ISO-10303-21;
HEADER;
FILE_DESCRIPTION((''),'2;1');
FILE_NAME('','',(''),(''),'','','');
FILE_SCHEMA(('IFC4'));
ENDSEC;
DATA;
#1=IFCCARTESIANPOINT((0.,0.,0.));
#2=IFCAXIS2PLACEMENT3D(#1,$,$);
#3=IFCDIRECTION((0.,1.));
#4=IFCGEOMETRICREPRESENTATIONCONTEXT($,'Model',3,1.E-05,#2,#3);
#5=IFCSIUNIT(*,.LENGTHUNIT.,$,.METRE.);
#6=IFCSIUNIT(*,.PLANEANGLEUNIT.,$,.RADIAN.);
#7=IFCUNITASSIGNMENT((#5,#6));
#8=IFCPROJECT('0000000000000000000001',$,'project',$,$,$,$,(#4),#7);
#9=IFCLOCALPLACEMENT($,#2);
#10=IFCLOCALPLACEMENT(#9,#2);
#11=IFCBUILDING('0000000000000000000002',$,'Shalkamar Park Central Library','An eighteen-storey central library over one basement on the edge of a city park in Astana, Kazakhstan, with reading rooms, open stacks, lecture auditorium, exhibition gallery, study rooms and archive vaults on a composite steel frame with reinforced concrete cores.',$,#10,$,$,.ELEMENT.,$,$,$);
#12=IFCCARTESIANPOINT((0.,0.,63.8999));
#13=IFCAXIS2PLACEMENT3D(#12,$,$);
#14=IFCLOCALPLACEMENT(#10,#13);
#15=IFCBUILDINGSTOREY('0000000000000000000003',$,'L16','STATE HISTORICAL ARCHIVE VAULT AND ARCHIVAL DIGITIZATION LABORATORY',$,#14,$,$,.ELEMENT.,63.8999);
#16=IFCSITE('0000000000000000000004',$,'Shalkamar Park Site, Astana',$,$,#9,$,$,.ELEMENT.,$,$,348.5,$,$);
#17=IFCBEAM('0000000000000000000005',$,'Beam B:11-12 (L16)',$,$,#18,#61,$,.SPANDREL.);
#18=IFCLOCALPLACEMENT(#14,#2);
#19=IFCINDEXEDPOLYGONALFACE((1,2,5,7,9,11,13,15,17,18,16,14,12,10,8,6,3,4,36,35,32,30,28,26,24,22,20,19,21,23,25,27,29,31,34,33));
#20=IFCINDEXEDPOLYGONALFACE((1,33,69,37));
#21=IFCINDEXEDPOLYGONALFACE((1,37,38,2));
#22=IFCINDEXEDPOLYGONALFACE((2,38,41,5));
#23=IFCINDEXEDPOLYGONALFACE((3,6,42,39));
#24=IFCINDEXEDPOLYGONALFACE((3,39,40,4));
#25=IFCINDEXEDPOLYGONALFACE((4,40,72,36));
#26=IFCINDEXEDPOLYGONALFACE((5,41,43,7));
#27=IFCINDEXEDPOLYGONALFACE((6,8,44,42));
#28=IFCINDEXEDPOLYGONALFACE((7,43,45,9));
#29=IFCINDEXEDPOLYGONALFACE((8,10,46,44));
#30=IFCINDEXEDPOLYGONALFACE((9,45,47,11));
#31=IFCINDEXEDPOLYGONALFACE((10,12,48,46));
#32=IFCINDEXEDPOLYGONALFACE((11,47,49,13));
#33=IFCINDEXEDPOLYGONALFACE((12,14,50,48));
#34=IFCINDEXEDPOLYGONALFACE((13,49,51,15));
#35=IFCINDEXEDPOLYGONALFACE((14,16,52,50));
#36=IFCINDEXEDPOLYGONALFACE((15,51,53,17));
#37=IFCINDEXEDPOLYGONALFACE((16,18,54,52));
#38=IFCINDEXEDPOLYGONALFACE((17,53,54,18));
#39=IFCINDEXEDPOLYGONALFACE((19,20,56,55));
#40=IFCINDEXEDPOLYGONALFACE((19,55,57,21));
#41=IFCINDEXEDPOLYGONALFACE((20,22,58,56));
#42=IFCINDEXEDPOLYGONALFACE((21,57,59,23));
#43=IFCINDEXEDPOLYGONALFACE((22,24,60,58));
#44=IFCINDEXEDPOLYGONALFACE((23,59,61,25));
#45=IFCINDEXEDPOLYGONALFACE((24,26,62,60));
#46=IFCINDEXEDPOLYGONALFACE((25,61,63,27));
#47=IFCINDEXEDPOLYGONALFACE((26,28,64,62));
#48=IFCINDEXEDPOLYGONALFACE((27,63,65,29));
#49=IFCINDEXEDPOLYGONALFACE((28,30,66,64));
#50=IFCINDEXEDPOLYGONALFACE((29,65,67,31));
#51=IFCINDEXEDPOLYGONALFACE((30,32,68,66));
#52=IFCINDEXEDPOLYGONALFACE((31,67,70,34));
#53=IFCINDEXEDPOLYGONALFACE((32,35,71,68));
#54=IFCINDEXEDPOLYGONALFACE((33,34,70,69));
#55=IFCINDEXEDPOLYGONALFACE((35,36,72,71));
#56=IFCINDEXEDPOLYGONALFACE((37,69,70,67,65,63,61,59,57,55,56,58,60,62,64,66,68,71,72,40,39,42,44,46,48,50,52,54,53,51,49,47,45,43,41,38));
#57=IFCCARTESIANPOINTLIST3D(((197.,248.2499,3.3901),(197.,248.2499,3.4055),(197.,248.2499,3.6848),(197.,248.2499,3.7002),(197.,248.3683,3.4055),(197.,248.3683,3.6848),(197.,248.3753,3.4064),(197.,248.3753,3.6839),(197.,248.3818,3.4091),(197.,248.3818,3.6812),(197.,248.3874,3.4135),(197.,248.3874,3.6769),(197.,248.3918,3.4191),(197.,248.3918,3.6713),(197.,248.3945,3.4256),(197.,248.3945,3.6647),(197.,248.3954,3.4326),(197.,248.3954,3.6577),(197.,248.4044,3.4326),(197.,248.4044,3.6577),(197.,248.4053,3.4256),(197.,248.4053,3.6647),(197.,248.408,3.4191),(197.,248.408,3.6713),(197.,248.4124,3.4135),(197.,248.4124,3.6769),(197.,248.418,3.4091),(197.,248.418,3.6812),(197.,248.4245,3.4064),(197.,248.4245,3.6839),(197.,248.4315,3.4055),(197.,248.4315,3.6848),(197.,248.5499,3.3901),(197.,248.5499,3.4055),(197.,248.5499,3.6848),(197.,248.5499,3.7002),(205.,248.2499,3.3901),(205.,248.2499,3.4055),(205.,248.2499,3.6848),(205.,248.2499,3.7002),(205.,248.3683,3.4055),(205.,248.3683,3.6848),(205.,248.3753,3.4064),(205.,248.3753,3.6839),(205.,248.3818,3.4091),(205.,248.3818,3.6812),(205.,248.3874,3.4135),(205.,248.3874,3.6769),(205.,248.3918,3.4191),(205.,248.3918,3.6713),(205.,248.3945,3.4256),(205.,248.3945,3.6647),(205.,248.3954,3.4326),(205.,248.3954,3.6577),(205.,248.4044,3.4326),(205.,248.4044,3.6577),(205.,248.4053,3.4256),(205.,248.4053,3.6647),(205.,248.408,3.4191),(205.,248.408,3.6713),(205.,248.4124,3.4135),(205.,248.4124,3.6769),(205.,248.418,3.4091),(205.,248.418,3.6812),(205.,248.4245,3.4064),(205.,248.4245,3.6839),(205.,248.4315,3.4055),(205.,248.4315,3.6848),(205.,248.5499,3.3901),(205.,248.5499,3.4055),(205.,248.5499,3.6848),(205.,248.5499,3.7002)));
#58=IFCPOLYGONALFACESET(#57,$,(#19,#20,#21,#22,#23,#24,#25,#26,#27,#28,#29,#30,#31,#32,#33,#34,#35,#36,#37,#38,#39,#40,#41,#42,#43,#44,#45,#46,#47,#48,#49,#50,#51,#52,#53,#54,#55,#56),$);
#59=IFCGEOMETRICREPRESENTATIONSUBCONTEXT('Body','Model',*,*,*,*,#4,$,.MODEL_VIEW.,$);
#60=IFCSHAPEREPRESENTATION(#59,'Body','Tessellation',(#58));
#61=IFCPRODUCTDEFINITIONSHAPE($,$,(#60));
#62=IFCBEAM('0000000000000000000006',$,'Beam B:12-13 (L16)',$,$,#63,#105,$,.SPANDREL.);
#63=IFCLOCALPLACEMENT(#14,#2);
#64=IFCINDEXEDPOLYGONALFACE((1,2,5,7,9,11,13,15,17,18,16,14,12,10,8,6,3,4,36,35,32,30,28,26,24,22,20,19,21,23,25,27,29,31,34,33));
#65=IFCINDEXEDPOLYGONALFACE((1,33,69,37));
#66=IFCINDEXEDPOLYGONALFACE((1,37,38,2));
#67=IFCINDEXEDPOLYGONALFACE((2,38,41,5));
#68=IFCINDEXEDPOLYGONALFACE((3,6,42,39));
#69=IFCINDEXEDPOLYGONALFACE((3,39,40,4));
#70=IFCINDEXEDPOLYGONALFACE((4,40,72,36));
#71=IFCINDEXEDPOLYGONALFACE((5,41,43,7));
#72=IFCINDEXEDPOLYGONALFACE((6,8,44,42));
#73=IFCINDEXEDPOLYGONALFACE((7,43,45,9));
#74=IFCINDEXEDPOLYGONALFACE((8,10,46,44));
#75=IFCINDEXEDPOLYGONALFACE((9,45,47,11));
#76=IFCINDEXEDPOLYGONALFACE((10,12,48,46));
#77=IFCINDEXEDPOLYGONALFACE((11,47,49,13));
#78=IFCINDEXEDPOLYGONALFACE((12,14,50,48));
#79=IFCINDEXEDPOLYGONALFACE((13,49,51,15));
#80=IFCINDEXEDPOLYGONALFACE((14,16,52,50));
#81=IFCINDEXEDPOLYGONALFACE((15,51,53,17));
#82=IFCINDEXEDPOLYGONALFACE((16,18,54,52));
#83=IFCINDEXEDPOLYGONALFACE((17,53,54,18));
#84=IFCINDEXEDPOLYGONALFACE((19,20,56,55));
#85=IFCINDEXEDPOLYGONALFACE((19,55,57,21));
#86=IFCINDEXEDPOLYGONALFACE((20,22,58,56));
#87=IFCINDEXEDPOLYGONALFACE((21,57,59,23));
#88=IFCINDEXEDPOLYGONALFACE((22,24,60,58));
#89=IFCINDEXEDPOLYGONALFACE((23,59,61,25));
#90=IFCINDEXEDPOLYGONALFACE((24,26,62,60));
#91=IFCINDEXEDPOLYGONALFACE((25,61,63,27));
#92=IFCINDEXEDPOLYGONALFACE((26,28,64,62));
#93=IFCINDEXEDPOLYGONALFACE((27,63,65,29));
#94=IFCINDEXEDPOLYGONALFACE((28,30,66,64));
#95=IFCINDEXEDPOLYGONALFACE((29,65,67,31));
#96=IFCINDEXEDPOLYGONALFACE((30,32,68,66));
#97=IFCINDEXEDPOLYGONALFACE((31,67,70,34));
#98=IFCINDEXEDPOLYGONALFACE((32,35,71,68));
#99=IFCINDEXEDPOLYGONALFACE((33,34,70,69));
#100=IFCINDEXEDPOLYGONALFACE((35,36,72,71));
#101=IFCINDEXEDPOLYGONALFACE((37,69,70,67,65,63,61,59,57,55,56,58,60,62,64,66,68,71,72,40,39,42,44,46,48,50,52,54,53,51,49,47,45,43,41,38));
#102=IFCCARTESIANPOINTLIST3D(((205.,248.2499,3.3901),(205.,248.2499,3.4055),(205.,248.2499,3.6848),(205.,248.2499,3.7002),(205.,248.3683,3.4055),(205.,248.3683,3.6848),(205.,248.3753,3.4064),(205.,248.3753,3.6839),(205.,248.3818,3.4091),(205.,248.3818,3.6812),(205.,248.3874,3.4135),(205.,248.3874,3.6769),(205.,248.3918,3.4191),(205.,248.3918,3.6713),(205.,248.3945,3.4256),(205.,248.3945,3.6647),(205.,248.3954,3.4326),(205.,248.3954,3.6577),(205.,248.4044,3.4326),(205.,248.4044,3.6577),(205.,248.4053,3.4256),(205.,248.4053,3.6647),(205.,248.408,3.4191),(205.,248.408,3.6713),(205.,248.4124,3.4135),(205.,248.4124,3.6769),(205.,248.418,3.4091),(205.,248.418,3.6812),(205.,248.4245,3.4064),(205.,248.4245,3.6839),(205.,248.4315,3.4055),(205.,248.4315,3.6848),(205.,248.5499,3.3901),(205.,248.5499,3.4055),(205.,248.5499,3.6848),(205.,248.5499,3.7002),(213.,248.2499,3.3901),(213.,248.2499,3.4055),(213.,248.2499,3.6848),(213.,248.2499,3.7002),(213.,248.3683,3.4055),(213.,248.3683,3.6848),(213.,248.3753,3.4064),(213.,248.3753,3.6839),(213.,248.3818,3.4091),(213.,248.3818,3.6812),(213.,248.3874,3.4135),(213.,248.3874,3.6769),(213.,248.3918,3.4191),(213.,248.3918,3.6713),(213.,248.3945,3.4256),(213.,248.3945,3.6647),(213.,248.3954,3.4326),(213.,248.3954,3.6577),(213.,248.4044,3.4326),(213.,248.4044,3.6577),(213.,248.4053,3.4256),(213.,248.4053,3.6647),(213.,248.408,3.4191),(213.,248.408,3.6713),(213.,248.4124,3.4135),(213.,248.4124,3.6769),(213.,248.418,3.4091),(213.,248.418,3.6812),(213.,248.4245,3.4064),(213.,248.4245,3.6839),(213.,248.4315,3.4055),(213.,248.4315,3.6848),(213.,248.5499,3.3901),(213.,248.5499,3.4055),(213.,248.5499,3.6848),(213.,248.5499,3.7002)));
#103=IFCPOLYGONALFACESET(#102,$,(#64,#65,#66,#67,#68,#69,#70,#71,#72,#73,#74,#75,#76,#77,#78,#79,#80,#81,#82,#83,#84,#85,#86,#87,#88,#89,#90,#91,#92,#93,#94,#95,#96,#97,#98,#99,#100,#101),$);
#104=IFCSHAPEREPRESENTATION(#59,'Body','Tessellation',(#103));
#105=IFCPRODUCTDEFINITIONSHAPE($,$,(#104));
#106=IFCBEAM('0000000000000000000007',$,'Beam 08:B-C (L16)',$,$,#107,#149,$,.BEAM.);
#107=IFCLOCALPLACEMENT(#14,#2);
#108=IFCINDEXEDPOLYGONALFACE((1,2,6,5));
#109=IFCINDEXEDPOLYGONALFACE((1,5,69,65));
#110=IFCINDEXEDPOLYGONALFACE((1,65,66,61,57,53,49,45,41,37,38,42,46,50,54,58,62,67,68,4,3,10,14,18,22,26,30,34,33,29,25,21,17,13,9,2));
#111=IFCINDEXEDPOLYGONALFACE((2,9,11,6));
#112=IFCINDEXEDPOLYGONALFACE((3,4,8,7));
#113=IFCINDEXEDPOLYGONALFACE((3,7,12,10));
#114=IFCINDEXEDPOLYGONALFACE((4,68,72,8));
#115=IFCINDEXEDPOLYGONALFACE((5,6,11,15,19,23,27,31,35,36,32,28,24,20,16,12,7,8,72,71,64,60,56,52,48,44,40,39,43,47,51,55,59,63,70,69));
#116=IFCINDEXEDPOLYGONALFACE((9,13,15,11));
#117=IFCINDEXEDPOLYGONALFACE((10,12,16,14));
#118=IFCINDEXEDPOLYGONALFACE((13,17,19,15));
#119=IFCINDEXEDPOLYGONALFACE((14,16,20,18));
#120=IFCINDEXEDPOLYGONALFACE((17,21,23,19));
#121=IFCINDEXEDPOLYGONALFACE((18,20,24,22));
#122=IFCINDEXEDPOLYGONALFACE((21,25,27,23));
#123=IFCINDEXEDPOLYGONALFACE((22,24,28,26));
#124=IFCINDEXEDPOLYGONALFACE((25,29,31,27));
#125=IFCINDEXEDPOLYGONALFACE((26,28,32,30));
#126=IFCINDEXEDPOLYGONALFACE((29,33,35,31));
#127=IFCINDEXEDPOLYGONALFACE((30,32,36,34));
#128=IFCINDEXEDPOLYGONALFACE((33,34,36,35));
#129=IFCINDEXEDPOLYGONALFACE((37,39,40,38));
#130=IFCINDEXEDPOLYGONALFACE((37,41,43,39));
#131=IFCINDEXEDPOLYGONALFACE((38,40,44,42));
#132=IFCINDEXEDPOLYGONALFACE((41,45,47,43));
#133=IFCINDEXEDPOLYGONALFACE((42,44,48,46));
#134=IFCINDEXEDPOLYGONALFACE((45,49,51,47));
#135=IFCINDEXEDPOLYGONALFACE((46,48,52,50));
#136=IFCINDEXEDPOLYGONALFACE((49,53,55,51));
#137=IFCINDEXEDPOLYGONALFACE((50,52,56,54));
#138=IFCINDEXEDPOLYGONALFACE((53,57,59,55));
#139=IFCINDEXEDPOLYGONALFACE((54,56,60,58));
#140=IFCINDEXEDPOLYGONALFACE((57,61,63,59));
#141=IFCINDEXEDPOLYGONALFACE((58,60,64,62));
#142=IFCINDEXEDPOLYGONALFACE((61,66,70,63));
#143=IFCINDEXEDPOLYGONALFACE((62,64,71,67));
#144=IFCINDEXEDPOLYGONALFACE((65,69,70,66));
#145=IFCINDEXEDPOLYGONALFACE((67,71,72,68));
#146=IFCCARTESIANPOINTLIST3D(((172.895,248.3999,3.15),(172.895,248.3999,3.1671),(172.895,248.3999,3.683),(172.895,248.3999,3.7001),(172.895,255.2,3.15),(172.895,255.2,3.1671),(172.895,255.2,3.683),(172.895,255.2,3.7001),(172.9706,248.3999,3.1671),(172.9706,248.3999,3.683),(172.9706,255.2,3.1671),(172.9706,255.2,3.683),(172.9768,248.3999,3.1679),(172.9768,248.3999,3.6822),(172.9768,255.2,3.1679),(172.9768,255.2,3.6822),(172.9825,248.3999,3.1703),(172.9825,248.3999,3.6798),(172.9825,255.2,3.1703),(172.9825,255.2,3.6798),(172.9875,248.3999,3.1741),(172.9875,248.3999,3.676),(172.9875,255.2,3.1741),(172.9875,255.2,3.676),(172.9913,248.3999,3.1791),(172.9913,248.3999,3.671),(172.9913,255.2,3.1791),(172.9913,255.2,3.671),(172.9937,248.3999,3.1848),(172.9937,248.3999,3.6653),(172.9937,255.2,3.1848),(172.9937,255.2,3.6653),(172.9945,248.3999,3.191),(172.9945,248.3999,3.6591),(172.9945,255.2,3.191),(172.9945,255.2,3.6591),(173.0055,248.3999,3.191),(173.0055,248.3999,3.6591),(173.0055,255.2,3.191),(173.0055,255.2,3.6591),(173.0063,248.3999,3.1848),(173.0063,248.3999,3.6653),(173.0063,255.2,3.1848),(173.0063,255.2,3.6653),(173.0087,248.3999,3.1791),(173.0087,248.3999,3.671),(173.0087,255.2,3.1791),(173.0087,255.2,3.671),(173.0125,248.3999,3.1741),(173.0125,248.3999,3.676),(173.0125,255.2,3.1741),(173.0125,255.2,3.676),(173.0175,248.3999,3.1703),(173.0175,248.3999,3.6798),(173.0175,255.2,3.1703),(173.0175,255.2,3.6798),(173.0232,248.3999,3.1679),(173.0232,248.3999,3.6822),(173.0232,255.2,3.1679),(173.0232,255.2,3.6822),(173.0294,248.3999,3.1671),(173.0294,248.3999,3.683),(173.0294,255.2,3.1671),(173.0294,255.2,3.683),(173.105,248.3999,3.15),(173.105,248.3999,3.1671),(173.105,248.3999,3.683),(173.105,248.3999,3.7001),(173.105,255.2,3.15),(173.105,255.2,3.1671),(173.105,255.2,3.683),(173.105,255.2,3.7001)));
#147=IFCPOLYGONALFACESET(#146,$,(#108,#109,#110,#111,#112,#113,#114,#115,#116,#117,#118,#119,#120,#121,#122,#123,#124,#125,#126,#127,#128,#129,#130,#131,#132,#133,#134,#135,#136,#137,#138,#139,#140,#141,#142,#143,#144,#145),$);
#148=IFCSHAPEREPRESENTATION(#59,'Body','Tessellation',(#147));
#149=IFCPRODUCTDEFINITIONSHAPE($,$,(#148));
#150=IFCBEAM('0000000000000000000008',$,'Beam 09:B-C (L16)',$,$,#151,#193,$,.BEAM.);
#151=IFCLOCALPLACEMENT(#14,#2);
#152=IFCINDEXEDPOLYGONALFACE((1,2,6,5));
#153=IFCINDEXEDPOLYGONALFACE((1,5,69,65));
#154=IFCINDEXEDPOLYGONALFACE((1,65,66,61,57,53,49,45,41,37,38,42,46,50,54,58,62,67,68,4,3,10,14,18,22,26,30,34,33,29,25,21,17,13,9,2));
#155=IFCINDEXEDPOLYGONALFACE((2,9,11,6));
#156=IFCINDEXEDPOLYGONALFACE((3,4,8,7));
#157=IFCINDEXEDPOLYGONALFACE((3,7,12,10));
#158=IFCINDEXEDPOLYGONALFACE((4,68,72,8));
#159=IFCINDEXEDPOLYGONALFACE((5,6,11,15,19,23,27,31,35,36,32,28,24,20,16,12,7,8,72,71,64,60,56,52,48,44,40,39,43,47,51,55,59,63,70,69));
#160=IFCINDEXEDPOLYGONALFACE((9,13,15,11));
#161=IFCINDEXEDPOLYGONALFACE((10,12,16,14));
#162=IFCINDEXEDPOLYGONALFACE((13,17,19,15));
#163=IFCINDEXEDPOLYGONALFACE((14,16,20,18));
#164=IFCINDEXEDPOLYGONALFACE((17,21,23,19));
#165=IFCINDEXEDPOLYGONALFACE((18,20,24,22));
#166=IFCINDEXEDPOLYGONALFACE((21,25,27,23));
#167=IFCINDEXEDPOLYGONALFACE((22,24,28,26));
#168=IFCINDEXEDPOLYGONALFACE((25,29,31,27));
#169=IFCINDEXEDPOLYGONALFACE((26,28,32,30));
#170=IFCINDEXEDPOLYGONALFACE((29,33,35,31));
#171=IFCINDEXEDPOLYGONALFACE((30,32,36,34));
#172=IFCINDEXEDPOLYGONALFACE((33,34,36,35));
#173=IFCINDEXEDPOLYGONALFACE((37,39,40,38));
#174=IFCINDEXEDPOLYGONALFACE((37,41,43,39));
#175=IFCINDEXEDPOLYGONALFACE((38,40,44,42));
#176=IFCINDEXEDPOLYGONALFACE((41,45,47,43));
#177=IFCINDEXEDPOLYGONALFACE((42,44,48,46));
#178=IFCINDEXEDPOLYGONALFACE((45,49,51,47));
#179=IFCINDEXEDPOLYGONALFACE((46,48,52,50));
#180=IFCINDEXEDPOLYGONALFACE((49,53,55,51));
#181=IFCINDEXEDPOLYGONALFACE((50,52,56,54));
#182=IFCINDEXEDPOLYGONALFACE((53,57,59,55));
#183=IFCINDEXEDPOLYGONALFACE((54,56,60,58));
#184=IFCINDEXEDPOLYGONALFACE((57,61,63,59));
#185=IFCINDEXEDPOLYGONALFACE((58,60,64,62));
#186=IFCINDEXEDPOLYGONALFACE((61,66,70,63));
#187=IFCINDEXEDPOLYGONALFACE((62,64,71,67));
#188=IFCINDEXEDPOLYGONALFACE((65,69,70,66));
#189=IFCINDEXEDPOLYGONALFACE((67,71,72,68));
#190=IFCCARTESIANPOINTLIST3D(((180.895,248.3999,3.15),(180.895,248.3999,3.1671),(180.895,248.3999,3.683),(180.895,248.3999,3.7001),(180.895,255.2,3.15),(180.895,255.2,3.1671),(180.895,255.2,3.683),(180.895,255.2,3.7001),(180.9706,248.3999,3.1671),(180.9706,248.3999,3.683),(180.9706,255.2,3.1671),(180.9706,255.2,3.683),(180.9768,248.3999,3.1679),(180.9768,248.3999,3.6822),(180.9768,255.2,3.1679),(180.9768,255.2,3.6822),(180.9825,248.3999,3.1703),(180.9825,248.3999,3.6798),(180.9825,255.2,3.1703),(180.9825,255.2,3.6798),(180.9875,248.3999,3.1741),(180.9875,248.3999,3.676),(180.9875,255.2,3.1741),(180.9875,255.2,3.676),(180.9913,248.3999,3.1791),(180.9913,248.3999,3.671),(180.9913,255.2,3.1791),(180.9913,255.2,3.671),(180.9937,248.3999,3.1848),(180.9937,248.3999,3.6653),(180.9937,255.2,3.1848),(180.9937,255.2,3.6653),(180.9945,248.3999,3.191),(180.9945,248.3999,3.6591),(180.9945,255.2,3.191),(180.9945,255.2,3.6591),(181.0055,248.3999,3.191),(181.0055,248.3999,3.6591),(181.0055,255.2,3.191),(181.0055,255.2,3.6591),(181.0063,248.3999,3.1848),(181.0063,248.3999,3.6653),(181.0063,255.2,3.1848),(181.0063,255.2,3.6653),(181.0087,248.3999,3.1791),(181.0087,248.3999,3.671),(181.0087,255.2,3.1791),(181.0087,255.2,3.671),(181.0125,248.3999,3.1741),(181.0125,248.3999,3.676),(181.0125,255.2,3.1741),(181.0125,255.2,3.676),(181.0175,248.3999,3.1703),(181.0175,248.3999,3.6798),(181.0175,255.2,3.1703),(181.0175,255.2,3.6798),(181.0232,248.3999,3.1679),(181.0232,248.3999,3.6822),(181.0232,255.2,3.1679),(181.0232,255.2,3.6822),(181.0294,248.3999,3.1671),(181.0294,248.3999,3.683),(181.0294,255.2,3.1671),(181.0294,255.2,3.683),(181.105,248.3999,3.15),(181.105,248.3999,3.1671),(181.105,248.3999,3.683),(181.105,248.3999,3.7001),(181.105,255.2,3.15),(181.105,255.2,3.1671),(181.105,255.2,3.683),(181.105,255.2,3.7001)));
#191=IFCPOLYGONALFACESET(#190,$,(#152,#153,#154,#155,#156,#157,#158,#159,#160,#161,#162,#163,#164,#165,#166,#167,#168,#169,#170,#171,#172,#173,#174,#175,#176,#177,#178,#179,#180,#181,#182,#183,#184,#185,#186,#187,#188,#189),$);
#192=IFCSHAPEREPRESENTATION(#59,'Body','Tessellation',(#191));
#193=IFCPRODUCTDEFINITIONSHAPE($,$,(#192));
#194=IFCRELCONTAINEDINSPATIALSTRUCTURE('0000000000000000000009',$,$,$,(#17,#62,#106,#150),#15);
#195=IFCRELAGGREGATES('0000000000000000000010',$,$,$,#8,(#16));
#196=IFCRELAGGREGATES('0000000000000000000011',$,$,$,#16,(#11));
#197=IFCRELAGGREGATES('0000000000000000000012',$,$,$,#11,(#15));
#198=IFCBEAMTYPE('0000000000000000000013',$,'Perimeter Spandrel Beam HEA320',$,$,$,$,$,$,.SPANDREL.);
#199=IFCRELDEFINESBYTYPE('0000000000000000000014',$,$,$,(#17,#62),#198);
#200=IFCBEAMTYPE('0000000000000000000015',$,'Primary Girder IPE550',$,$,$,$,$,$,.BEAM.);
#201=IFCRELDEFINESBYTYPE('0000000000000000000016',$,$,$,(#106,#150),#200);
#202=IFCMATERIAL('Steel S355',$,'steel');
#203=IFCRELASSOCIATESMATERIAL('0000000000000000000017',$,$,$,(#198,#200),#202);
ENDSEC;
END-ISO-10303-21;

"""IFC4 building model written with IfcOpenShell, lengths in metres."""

from ifc_helpers import new_model, si_unit, direction, frame, origin, origin_2d, place, context, subcontext, project, spatial, i_section, extrude, material, material_profile, profile_set, type_object, element, save


model = new_model("IFC4")

# Units and contexts
model_context = context("Model", 3, precision=1e-05, world=origin(), true_north=direction((0.0, 1.0)))
body_context = subcontext(model_context, "Body", "Model", "MODEL_VIEW")
ifc_project = project(units=[si_unit("LENGTHUNIT", "METRE"), si_unit("PLANEANGLEUNIT", "RADIAN")], contexts=[model_context])

# Site, building, storey
site_placement = place(None, origin())
site = spatial("IfcSite", under=ifc_project, at=site_placement, Name="Shalkamar Park Site, Astana", CompositionType="ELEMENT", RefElevation=348.5)
building_placement = place(site_placement, origin())
building = spatial("IfcBuilding", under=site, at=building_placement, Name="Shalkamar Park Central Library", Description="An eighteen-storey central library over one basement on the edge of a city park in Astana, Kazakhstan, with reading rooms, open stacks, lecture auditorium, exhibition gallery, study rooms and archive vaults on a composite steel frame with reinforced concrete cores.", CompositionType="ELEMENT")
storey_placement = place(building_placement, frame((0.0, 0.0, 63.8999)))
storey = spatial("IfcBuildingStorey", under=building, at=storey_placement, Name="L16", Description="STATE HISTORICAL ARCHIVE VAULT AND ARCHIVAL DIGITIZATION LABORATORY", CompositionType="ELEMENT", Elevation=63.8999)

# Shared definitions
ifc_material_1 = material(Name="Steel S355", Category="steel")

# Beams
ifc_material_profile_1 = material_profile(ifc_material_1, i_section(OverallWidth=0.3, OverallDepth=0.3101, WebThickness=0.009, FlangeThickness=0.0154, FilletRadius=0.0271, at=origin_2d()), Name="HEA 320")
ifc_profile_set_1 = profile_set([ifc_material_profile_1], Name="Steel S355")
beam_type_1 = type_object("IfcBeamType", Name="Perimeter Spandrel Beam HEA320", PredefinedType="SPANDREL", material=ifc_profile_set_1)
for number, where, z_axis, x_axis, name in (
    (1, (197.0, 248.3999, 3.5452), (1.0, 0.0, 0.0), (0.0, 1.0, 0.0), "Beam B:11-12 (L16)"),
    (2, (205.0, 248.3999, 3.5452), (1.0, 0.0, 0.0), (0.0, 1.0, 0.0), "Beam B:12-13 (L16)"),
):
    element("IfcBeam", number, at=place(storey_placement, frame(where, z_axis=z_axis, x_axis=x_axis)), inside=storey, type_object=beam_type_1, Name=name, PredefinedType="SPANDREL", context=body_context, shape_type="SweptSolid", body=[
        extrude(i_section(OverallWidth=0.3, OverallDepth=0.3101, WebThickness=0.009, FlangeThickness=0.0154, FilletRadius=0.0271, at=origin_2d()), origin(), (0.0, 0.0, 1.0), 8.0),
    ])
ifc_material_profile_2 = material_profile(ifc_material_1, i_section(OverallWidth=0.21, OverallDepth=0.55, WebThickness=0.011, FlangeThickness=0.0171, FilletRadius=0.0239, at=origin_2d()), Name="IPE 550")
ifc_profile_set_2 = profile_set([ifc_material_profile_2], Name="Steel S355")
beam_type_2 = type_object("IfcBeamType", Name="Primary Girder IPE550", PredefinedType="BEAM", material=ifc_profile_set_2)
for number, where, z_axis, x_axis, name in (
    (3, (173.0, 248.3999, 3.425), (0.0, 1.0, 0.0), (-1.0, 0.0, 0.0), "Beam 08:B-C (L16)"),
    (4, (181.0, 248.3999, 3.425), (0.0, 1.0, 0.0), (-1.0, 0.0, 0.0), "Beam 09:B-C (L16)"),
):
    element("IfcBeam", number, at=place(storey_placement, frame(where, z_axis=z_axis, x_axis=x_axis)), inside=storey, type_object=beam_type_2, Name=name, PredefinedType="BEAM", context=body_context, shape_type="SweptSolid", body=[
        extrude(i_section(OverallWidth=0.21, OverallDepth=0.55, WebThickness=0.011, FlangeThickness=0.0171, FilletRadius=0.0239, at=origin_2d()), origin(), (0.0, 0.0, 1.0), 6.8),
    ])

save(model, "model.ifc")
